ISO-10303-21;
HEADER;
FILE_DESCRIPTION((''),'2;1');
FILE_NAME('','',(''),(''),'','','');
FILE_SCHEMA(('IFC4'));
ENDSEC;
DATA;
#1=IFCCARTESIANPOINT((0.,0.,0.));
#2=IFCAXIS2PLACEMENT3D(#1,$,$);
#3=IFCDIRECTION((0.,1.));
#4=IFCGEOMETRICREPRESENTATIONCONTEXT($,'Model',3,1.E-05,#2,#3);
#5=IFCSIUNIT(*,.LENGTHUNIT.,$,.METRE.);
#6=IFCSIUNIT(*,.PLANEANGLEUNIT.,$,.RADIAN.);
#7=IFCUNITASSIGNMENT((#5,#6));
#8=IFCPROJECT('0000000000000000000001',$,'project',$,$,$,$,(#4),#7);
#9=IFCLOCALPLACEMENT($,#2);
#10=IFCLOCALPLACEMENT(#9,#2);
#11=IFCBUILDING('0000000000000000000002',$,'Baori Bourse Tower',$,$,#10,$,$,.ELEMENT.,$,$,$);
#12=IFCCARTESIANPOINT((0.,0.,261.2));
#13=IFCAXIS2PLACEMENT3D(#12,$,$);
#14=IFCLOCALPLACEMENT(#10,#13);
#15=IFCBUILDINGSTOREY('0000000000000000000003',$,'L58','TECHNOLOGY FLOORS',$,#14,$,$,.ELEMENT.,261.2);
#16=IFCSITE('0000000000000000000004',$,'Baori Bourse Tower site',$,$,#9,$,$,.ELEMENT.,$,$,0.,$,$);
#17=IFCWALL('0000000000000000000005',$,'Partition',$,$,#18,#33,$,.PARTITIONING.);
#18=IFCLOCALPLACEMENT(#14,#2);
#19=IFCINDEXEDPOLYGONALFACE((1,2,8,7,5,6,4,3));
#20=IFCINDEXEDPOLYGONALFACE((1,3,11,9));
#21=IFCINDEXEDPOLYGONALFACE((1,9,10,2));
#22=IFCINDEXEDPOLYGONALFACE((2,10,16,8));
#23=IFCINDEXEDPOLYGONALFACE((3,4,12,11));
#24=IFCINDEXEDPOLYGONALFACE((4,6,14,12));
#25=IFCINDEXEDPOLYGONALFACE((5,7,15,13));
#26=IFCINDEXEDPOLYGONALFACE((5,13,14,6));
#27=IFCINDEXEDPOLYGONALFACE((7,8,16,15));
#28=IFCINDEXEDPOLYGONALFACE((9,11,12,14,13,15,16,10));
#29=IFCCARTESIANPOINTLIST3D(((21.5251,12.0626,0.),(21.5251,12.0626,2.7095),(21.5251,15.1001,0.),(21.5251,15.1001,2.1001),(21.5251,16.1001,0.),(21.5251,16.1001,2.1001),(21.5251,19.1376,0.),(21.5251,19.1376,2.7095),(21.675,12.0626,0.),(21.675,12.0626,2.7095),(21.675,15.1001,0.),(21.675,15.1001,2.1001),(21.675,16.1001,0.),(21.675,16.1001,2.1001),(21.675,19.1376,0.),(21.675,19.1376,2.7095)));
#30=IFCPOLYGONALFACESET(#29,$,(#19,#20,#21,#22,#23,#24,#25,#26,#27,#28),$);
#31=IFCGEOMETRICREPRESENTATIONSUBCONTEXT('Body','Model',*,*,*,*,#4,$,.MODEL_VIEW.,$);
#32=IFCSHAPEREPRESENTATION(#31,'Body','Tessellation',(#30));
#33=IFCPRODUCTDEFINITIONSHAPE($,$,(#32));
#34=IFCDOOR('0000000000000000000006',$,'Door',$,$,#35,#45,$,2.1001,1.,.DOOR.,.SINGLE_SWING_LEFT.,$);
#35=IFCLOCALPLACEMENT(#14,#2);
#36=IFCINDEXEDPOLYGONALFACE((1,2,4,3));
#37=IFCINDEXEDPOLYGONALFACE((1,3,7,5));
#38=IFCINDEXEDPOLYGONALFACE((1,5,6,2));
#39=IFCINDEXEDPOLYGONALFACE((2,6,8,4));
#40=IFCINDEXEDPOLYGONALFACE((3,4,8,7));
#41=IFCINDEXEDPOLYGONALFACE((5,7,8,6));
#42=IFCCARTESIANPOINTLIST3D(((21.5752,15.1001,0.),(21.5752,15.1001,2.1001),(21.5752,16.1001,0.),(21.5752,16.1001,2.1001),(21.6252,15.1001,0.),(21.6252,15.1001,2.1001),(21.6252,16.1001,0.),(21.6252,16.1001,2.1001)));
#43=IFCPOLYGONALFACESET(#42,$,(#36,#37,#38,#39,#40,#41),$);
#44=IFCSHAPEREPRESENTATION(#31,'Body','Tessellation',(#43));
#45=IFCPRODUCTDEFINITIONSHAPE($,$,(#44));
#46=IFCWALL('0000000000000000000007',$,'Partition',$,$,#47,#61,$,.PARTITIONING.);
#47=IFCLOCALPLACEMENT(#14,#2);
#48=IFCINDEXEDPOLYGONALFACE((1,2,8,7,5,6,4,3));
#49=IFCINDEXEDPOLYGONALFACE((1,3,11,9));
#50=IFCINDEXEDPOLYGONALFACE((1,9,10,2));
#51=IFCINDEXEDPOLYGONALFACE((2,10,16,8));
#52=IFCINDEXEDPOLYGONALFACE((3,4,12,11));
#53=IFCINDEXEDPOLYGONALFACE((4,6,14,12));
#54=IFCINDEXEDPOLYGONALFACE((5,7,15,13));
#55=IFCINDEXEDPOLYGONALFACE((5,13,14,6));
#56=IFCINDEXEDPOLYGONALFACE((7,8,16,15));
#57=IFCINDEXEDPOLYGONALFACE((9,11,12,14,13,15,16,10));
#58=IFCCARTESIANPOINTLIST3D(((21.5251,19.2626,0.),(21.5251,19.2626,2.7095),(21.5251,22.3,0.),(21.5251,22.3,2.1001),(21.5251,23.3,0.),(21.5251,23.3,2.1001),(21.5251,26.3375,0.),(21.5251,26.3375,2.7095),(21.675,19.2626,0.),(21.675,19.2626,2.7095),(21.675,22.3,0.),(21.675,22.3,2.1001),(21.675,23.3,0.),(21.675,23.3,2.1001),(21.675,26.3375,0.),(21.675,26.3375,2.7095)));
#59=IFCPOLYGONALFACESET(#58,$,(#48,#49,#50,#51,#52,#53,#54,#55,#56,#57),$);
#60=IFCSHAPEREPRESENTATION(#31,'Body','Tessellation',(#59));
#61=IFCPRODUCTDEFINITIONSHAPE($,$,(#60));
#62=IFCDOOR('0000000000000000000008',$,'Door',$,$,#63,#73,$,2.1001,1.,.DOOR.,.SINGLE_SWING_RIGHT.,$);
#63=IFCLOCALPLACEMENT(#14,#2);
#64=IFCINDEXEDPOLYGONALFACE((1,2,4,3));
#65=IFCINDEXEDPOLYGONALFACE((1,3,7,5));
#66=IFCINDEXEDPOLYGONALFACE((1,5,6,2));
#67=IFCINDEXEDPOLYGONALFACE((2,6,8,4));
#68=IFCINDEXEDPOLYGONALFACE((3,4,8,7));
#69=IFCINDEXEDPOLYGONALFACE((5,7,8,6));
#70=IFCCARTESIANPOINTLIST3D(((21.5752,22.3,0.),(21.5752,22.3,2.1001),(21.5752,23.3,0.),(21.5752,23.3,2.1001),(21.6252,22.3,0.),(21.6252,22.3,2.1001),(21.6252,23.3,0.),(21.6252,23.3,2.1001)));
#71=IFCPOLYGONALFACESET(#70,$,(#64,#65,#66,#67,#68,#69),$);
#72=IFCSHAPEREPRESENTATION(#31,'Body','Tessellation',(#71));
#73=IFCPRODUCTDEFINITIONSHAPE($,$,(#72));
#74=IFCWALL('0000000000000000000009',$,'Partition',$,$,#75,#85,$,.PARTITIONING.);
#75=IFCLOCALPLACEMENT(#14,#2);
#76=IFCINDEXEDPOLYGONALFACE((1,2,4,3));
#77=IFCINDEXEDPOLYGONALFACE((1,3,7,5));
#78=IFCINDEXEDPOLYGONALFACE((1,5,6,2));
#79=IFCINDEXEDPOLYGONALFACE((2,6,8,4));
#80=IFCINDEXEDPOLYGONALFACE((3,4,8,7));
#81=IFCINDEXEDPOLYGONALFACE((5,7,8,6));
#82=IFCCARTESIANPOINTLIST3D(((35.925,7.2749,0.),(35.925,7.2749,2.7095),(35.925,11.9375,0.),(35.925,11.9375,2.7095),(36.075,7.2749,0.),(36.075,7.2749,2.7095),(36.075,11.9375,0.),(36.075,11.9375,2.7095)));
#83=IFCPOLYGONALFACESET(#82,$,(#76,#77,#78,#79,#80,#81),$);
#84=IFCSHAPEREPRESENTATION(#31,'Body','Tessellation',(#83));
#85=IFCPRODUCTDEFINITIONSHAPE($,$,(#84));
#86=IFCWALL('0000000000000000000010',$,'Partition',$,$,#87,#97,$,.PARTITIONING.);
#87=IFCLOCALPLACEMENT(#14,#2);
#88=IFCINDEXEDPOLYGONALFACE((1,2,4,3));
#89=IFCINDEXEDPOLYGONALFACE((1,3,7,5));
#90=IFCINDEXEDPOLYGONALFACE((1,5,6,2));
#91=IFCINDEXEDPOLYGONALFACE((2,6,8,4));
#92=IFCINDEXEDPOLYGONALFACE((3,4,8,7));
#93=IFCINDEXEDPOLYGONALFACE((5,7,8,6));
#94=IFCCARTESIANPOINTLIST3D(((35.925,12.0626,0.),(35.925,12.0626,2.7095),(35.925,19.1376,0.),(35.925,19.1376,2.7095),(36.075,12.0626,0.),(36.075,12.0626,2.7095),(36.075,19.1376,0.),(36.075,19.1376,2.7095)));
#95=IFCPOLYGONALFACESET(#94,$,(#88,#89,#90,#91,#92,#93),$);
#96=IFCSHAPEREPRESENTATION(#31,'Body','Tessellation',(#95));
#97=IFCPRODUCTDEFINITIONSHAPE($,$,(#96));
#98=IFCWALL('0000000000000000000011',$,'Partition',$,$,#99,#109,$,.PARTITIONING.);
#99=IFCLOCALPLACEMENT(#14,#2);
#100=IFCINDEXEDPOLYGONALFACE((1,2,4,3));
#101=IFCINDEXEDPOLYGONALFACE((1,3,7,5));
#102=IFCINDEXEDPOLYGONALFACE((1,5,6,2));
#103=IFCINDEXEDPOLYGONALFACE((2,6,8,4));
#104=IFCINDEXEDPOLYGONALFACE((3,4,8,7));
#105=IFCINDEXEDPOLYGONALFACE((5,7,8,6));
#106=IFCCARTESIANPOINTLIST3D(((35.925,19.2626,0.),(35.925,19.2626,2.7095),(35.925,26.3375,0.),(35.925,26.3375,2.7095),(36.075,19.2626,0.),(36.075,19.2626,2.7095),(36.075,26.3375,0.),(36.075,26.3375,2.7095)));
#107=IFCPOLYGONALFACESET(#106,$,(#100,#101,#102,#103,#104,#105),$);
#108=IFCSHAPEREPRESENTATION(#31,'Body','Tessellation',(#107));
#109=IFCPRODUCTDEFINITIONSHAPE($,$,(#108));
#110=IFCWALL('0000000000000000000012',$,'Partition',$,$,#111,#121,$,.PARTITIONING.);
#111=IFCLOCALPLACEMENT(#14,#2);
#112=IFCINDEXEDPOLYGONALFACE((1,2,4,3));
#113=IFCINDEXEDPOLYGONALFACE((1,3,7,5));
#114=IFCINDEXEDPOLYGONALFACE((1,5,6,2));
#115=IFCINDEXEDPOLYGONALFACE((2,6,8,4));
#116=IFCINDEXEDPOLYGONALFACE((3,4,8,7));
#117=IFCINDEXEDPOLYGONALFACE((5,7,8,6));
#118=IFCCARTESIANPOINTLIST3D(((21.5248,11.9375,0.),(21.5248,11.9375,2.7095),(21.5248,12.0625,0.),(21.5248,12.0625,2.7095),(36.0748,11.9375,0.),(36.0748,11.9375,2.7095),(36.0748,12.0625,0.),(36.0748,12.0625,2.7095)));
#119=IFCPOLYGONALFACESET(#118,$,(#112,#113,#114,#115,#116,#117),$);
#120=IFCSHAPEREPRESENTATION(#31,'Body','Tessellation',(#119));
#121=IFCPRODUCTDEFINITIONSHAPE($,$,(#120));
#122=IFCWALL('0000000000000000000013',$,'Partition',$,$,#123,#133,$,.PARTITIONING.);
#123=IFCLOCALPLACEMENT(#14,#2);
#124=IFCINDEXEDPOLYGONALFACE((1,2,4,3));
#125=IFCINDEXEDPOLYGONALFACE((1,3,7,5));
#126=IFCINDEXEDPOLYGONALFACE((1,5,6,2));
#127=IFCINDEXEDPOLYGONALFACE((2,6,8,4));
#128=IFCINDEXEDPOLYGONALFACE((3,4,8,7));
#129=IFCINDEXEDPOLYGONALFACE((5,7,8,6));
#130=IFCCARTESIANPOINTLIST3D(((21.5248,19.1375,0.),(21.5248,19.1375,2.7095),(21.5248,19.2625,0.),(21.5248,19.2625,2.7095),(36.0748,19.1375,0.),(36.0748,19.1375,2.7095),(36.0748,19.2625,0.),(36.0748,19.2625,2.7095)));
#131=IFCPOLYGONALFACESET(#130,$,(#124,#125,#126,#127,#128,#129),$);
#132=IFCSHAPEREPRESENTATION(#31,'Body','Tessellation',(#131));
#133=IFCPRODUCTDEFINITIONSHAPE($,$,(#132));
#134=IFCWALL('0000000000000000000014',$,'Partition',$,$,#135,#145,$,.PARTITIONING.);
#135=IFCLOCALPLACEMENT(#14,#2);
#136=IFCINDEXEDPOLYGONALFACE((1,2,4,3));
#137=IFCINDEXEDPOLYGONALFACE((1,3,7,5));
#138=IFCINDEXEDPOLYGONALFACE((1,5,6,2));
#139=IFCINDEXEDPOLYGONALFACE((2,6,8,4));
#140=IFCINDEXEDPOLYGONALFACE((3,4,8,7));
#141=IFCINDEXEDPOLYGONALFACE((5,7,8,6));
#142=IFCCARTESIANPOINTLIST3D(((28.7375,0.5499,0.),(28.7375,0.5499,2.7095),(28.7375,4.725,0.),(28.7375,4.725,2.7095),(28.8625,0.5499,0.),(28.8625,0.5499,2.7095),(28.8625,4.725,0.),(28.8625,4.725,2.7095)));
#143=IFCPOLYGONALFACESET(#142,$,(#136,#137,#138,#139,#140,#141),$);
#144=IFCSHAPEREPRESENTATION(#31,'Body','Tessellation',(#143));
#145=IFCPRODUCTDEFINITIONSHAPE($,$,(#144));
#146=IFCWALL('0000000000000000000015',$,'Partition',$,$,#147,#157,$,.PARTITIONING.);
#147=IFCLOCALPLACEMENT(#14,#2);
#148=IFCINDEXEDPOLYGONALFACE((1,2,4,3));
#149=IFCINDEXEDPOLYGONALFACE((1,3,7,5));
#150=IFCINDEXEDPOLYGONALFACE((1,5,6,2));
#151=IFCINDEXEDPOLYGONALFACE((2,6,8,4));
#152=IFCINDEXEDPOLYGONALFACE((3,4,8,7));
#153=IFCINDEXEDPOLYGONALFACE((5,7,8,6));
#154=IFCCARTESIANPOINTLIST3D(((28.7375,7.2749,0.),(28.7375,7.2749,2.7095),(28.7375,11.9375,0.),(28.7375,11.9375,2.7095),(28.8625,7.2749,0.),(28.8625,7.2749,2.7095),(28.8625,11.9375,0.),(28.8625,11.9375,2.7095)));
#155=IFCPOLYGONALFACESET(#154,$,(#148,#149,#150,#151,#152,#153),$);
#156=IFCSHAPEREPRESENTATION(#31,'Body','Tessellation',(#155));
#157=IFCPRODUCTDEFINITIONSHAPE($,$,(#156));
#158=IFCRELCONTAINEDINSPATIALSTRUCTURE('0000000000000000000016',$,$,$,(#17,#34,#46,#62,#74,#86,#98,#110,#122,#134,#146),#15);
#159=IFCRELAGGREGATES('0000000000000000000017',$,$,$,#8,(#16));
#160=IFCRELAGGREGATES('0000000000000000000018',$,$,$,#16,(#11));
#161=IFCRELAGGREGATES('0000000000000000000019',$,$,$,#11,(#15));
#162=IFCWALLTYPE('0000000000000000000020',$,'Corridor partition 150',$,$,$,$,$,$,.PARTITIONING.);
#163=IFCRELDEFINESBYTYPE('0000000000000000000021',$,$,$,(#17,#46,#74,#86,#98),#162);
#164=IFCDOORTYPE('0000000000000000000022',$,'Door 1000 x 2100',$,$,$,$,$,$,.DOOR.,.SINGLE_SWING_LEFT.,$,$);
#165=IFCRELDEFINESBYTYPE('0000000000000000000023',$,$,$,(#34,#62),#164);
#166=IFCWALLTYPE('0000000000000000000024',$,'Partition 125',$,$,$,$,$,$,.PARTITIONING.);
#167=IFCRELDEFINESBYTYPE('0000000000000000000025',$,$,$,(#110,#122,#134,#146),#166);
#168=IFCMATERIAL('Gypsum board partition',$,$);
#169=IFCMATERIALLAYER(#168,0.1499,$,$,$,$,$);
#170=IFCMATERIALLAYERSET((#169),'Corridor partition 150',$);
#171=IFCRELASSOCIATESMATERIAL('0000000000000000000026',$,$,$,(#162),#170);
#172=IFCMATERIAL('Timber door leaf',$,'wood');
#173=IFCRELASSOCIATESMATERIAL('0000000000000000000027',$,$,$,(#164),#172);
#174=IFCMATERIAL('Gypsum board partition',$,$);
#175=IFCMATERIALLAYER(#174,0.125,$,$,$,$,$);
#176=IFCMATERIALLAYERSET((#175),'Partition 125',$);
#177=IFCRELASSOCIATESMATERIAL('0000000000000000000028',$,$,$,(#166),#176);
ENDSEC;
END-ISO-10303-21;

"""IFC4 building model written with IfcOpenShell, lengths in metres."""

from ifc_helpers import new_model, si_unit, direction, frame, frame_2d, origin, place, context, subcontext, project, spatial, rectangle, extrude, material, layer, layer_set, type_object, element, fill, save


model = new_model("IFC4")

# Units and contexts
model_context = context("Model", 3, precision=1e-05, world=origin(), true_north=direction((0.0, 1.0)))
body_context = subcontext(model_context, "Body", "Model", "MODEL_VIEW")
ifc_project = project(units=[si_unit("LENGTHUNIT", "METRE"), si_unit("PLANEANGLEUNIT", "RADIAN")], contexts=[model_context])

# Site, building, storey
site_placement = place(None, origin())
site = spatial("IfcSite", under=ifc_project, at=site_placement, Name="Baori Bourse Tower site", CompositionType="ELEMENT", RefElevation=0.0)
building_placement = place(site_placement, origin())
building = spatial("IfcBuilding", under=site, at=building_placement, Name="Baori Bourse Tower", CompositionType="ELEMENT")
storey_placement = place(building_placement, frame((0.0, 0.0, 261.2)))
storey = spatial("IfcBuildingStorey", under=building, at=storey_placement, Name="L58", Description="TECHNOLOGY FLOORS", CompositionType="ELEMENT", Elevation=261.2)

# Shared definitions
ifc_material_1 = material(Name="Gypsum board partition")
ifc_layer_1 = layer(ifc_material_1, 0.1499)
ifc_layer_set_1 = layer_set([ifc_layer_1], Name="Corridor partition 150")
wall_type_1 = type_object("IfcWallType", Name="Corridor partition 150", PredefinedType="PARTITIONING", material=ifc_layer_set_1)
ifc_material_2 = material(Name="Timber door leaf", Category="wood")
door_type = type_object("IfcDoorType", Name="Door 1000 x 2100", OperationType="SINGLE_SWING_LEFT", PredefinedType="DOOR", material=ifc_material_2)

# Walls, openings, doors
wall_1_placement = place(storey_placement, frame((21.6001, 12.0625, 0.0), z_axis=(0.0, 0.0, 1.0), x_axis=(0.0, 1.0, 0.0)))
wall_1 = element("IfcWall", 1, at=wall_1_placement, inside=storey, type_object=wall_type_1, Name="Partition", PredefinedType="PARTITIONING", context=body_context, shape_type="SweptSolid", body=[
    extrude(rectangle(XDim=7.075, YDim=0.1499, at=frame_2d((3.5376, 0.0))), origin(), (0.0, 0.0, 1.0), 2.7095),
])
opening_1_placement = place(wall_1_placement, frame((3.0376, 0.0, 0.0)))
opening_1 = element("IfcOpeningElement", 2, at=opening_1_placement, cuts=wall_1, PredefinedType="OPENING", context=body_context, shape_type="SweptSolid", body=[
    extrude(rectangle(XDim=1.0, YDim=2.1001, at=frame_2d((0.5, 1.05))), frame((0.0, 0.085, 0.0), z_axis=(0.0, -1.0, 0.0), x_axis=(1.0, 0.0, 0.0)), (0.0, 0.0, 1.0), 0.1699),
])
door_1_placement = place(opening_1_placement, origin())
door_1 = element("IfcDoor", 3, at=door_1_placement, inside=storey, type_object=door_type, Name="Door", OperationType="SINGLE_SWING_LEFT", OverallHeight=2.1001, OverallWidth=1.0, PredefinedType="DOOR", context=body_context, shape_type="SweptSolid", body=[
    extrude(rectangle(XDim=1.0, YDim=2.1001, at=frame_2d((0.5, 1.05))), frame((0.0, 0.0249, 0.0), z_axis=(0.0, -1.0, 0.0), x_axis=(1.0, 0.0, 0.0)), (0.0, 0.0, 1.0), 0.05),
])
fill(opening_1, door_1)
wall_2_placement = place(storey_placement, frame((21.6001, 19.2625, 0.0), z_axis=(0.0, 0.0, 1.0), x_axis=(0.0, 1.0, 0.0)))
wall_2 = element("IfcWall", 4, at=wall_2_placement, inside=storey, type_object=wall_type_1, Name="Partition", PredefinedType="PARTITIONING", context=body_context, shape_type="SweptSolid", body=[
    extrude(rectangle(XDim=7.075, YDim=0.1499, at=frame_2d((3.5376, 0.0))), origin(), (0.0, 0.0, 1.0), 2.7095),
])
opening_2_placement = place(wall_2_placement, frame((3.0376, 0.0, 0.0)))
opening_2 = element("IfcOpeningElement", 5, at=opening_2_placement, cuts=wall_2, PredefinedType="OPENING", context=body_context, shape_type="SweptSolid", body=[
    extrude(rectangle(XDim=1.0, YDim=2.1001, at=frame_2d((0.5, 1.05))), frame((0.0, 0.085, 0.0), z_axis=(0.0, -1.0, 0.0), x_axis=(1.0, 0.0, 0.0)), (0.0, 0.0, 1.0), 0.1699),
])
door_2_placement = place(opening_2_placement, origin())
door_2 = element("IfcDoor", 6, at=door_2_placement, inside=storey, type_object=door_type, Name="Door", OperationType="SINGLE_SWING_RIGHT", OverallHeight=2.1001, OverallWidth=1.0, PredefinedType="DOOR", context=body_context, shape_type="SweptSolid", body=[
    extrude(rectangle(XDim=1.0, YDim=2.1001, at=frame_2d((0.5, 1.05))), frame((0.0, 0.0249, 0.0), z_axis=(0.0, -1.0, 0.0), x_axis=(1.0, 0.0, 0.0)), (0.0, 0.0, 1.0), 0.05),
])
fill(opening_2, door_2)

# Walls
wall_3_placement = place(storey_placement, frame((36.0, 7.2749, 0.0), z_axis=(0.0, 0.0, 1.0), x_axis=(0.0, 1.0, 0.0)))
element("IfcWall", 7, at=wall_3_placement, inside=storey, type_object=wall_type_1, Name="Partition", PredefinedType="PARTITIONING", context=body_context, shape_type="SweptSolid", body=[
    extrude(rectangle(XDim=4.6626, YDim=0.1499, at=frame_2d((2.3313, 0.0))), origin(), (0.0, 0.0, 1.0), 2.7095),
])
for number, where, z_axis, x_axis, name in (
    (8, (36.0, 12.0625, 0.0), (0.0, 0.0, 1.0), (0.0, 1.0, 0.0), "Partition"),
    (9, (36.0, 19.2625, 0.0), (0.0, 0.0, 1.0), (0.0, 1.0, 0.0), "Partition"),
):
    element("IfcWall", number, at=place(storey_placement, frame(where, z_axis=z_axis, x_axis=x_axis)), inside=storey, type_object=wall_type_1, Name=name, PredefinedType="PARTITIONING", context=body_context, shape_type="SweptSolid", body=[
        extrude(rectangle(XDim=7.075, YDim=0.1499, at=frame_2d((3.5376, 0.0))), origin(), (0.0, 0.0, 1.0), 2.7095),
    ])
ifc_material_3 = material(Name="Gypsum board partition")
ifc_layer_2 = layer(ifc_material_3, 0.125)
ifc_layer_set_2 = layer_set([ifc_layer_2], Name="Partition 125")
wall_type_2 = type_object("IfcWallType", Name="Partition 125", PredefinedType="PARTITIONING", material=ifc_layer_set_2)
for number, where, z_axis, x_axis, name in (
    (10, (21.5249, 12.0, 0.0), (0.0, 0.0, 1.0), (1.0, 0.0, 0.0), "Partition"),
    (11, (21.5249, 19.2, 0.0), (0.0, 0.0, 1.0), (1.0, 0.0, 0.0), "Partition"),
):
    element("IfcWall", number, at=place(storey_placement, frame(where, z_axis=z_axis, x_axis=x_axis)), inside=storey, type_object=wall_type_2, Name=name, PredefinedType="PARTITIONING", context=body_context, shape_type="SweptSolid", body=[
        extrude(rectangle(XDim=14.55, YDim=0.125, at=frame_2d((7.2749, 0.0))), origin(), (0.0, 0.0, 1.0), 2.7095),
    ])
wall_4_placement = place(storey_placement, frame((28.8, 0.55, 0.0), z_axis=(0.0, 0.0, 1.0), x_axis=(0.0, 1.0, 0.0)))
element("IfcWall", 12, at=wall_4_placement, inside=storey, type_object=wall_type_2, Name="Partition", PredefinedType="PARTITIONING", context=body_context, shape_type="SweptSolid", body=[
    extrude(rectangle(XDim=4.175, YDim=0.125, at=frame_2d((2.0874, 0.0))), origin(), (0.0, 0.0, 1.0), 2.7095),
])
wall_5_placement = place(storey_placement, frame((28.8, 7.2749, 0.0), z_axis=(0.0, 0.0, 1.0), x_axis=(0.0, 1.0, 0.0)))
element("IfcWall", 13, at=wall_5_placement, inside=storey, type_object=wall_type_2, Name="Partition", PredefinedType="PARTITIONING", context=body_context, shape_type="SweptSolid", body=[
    extrude(rectangle(XDim=4.6626, YDim=0.125, at=frame_2d((2.3313, 0.0))), origin(), (0.0, 0.0, 1.0), 2.7095),
])

save(model, "model.ifc")
